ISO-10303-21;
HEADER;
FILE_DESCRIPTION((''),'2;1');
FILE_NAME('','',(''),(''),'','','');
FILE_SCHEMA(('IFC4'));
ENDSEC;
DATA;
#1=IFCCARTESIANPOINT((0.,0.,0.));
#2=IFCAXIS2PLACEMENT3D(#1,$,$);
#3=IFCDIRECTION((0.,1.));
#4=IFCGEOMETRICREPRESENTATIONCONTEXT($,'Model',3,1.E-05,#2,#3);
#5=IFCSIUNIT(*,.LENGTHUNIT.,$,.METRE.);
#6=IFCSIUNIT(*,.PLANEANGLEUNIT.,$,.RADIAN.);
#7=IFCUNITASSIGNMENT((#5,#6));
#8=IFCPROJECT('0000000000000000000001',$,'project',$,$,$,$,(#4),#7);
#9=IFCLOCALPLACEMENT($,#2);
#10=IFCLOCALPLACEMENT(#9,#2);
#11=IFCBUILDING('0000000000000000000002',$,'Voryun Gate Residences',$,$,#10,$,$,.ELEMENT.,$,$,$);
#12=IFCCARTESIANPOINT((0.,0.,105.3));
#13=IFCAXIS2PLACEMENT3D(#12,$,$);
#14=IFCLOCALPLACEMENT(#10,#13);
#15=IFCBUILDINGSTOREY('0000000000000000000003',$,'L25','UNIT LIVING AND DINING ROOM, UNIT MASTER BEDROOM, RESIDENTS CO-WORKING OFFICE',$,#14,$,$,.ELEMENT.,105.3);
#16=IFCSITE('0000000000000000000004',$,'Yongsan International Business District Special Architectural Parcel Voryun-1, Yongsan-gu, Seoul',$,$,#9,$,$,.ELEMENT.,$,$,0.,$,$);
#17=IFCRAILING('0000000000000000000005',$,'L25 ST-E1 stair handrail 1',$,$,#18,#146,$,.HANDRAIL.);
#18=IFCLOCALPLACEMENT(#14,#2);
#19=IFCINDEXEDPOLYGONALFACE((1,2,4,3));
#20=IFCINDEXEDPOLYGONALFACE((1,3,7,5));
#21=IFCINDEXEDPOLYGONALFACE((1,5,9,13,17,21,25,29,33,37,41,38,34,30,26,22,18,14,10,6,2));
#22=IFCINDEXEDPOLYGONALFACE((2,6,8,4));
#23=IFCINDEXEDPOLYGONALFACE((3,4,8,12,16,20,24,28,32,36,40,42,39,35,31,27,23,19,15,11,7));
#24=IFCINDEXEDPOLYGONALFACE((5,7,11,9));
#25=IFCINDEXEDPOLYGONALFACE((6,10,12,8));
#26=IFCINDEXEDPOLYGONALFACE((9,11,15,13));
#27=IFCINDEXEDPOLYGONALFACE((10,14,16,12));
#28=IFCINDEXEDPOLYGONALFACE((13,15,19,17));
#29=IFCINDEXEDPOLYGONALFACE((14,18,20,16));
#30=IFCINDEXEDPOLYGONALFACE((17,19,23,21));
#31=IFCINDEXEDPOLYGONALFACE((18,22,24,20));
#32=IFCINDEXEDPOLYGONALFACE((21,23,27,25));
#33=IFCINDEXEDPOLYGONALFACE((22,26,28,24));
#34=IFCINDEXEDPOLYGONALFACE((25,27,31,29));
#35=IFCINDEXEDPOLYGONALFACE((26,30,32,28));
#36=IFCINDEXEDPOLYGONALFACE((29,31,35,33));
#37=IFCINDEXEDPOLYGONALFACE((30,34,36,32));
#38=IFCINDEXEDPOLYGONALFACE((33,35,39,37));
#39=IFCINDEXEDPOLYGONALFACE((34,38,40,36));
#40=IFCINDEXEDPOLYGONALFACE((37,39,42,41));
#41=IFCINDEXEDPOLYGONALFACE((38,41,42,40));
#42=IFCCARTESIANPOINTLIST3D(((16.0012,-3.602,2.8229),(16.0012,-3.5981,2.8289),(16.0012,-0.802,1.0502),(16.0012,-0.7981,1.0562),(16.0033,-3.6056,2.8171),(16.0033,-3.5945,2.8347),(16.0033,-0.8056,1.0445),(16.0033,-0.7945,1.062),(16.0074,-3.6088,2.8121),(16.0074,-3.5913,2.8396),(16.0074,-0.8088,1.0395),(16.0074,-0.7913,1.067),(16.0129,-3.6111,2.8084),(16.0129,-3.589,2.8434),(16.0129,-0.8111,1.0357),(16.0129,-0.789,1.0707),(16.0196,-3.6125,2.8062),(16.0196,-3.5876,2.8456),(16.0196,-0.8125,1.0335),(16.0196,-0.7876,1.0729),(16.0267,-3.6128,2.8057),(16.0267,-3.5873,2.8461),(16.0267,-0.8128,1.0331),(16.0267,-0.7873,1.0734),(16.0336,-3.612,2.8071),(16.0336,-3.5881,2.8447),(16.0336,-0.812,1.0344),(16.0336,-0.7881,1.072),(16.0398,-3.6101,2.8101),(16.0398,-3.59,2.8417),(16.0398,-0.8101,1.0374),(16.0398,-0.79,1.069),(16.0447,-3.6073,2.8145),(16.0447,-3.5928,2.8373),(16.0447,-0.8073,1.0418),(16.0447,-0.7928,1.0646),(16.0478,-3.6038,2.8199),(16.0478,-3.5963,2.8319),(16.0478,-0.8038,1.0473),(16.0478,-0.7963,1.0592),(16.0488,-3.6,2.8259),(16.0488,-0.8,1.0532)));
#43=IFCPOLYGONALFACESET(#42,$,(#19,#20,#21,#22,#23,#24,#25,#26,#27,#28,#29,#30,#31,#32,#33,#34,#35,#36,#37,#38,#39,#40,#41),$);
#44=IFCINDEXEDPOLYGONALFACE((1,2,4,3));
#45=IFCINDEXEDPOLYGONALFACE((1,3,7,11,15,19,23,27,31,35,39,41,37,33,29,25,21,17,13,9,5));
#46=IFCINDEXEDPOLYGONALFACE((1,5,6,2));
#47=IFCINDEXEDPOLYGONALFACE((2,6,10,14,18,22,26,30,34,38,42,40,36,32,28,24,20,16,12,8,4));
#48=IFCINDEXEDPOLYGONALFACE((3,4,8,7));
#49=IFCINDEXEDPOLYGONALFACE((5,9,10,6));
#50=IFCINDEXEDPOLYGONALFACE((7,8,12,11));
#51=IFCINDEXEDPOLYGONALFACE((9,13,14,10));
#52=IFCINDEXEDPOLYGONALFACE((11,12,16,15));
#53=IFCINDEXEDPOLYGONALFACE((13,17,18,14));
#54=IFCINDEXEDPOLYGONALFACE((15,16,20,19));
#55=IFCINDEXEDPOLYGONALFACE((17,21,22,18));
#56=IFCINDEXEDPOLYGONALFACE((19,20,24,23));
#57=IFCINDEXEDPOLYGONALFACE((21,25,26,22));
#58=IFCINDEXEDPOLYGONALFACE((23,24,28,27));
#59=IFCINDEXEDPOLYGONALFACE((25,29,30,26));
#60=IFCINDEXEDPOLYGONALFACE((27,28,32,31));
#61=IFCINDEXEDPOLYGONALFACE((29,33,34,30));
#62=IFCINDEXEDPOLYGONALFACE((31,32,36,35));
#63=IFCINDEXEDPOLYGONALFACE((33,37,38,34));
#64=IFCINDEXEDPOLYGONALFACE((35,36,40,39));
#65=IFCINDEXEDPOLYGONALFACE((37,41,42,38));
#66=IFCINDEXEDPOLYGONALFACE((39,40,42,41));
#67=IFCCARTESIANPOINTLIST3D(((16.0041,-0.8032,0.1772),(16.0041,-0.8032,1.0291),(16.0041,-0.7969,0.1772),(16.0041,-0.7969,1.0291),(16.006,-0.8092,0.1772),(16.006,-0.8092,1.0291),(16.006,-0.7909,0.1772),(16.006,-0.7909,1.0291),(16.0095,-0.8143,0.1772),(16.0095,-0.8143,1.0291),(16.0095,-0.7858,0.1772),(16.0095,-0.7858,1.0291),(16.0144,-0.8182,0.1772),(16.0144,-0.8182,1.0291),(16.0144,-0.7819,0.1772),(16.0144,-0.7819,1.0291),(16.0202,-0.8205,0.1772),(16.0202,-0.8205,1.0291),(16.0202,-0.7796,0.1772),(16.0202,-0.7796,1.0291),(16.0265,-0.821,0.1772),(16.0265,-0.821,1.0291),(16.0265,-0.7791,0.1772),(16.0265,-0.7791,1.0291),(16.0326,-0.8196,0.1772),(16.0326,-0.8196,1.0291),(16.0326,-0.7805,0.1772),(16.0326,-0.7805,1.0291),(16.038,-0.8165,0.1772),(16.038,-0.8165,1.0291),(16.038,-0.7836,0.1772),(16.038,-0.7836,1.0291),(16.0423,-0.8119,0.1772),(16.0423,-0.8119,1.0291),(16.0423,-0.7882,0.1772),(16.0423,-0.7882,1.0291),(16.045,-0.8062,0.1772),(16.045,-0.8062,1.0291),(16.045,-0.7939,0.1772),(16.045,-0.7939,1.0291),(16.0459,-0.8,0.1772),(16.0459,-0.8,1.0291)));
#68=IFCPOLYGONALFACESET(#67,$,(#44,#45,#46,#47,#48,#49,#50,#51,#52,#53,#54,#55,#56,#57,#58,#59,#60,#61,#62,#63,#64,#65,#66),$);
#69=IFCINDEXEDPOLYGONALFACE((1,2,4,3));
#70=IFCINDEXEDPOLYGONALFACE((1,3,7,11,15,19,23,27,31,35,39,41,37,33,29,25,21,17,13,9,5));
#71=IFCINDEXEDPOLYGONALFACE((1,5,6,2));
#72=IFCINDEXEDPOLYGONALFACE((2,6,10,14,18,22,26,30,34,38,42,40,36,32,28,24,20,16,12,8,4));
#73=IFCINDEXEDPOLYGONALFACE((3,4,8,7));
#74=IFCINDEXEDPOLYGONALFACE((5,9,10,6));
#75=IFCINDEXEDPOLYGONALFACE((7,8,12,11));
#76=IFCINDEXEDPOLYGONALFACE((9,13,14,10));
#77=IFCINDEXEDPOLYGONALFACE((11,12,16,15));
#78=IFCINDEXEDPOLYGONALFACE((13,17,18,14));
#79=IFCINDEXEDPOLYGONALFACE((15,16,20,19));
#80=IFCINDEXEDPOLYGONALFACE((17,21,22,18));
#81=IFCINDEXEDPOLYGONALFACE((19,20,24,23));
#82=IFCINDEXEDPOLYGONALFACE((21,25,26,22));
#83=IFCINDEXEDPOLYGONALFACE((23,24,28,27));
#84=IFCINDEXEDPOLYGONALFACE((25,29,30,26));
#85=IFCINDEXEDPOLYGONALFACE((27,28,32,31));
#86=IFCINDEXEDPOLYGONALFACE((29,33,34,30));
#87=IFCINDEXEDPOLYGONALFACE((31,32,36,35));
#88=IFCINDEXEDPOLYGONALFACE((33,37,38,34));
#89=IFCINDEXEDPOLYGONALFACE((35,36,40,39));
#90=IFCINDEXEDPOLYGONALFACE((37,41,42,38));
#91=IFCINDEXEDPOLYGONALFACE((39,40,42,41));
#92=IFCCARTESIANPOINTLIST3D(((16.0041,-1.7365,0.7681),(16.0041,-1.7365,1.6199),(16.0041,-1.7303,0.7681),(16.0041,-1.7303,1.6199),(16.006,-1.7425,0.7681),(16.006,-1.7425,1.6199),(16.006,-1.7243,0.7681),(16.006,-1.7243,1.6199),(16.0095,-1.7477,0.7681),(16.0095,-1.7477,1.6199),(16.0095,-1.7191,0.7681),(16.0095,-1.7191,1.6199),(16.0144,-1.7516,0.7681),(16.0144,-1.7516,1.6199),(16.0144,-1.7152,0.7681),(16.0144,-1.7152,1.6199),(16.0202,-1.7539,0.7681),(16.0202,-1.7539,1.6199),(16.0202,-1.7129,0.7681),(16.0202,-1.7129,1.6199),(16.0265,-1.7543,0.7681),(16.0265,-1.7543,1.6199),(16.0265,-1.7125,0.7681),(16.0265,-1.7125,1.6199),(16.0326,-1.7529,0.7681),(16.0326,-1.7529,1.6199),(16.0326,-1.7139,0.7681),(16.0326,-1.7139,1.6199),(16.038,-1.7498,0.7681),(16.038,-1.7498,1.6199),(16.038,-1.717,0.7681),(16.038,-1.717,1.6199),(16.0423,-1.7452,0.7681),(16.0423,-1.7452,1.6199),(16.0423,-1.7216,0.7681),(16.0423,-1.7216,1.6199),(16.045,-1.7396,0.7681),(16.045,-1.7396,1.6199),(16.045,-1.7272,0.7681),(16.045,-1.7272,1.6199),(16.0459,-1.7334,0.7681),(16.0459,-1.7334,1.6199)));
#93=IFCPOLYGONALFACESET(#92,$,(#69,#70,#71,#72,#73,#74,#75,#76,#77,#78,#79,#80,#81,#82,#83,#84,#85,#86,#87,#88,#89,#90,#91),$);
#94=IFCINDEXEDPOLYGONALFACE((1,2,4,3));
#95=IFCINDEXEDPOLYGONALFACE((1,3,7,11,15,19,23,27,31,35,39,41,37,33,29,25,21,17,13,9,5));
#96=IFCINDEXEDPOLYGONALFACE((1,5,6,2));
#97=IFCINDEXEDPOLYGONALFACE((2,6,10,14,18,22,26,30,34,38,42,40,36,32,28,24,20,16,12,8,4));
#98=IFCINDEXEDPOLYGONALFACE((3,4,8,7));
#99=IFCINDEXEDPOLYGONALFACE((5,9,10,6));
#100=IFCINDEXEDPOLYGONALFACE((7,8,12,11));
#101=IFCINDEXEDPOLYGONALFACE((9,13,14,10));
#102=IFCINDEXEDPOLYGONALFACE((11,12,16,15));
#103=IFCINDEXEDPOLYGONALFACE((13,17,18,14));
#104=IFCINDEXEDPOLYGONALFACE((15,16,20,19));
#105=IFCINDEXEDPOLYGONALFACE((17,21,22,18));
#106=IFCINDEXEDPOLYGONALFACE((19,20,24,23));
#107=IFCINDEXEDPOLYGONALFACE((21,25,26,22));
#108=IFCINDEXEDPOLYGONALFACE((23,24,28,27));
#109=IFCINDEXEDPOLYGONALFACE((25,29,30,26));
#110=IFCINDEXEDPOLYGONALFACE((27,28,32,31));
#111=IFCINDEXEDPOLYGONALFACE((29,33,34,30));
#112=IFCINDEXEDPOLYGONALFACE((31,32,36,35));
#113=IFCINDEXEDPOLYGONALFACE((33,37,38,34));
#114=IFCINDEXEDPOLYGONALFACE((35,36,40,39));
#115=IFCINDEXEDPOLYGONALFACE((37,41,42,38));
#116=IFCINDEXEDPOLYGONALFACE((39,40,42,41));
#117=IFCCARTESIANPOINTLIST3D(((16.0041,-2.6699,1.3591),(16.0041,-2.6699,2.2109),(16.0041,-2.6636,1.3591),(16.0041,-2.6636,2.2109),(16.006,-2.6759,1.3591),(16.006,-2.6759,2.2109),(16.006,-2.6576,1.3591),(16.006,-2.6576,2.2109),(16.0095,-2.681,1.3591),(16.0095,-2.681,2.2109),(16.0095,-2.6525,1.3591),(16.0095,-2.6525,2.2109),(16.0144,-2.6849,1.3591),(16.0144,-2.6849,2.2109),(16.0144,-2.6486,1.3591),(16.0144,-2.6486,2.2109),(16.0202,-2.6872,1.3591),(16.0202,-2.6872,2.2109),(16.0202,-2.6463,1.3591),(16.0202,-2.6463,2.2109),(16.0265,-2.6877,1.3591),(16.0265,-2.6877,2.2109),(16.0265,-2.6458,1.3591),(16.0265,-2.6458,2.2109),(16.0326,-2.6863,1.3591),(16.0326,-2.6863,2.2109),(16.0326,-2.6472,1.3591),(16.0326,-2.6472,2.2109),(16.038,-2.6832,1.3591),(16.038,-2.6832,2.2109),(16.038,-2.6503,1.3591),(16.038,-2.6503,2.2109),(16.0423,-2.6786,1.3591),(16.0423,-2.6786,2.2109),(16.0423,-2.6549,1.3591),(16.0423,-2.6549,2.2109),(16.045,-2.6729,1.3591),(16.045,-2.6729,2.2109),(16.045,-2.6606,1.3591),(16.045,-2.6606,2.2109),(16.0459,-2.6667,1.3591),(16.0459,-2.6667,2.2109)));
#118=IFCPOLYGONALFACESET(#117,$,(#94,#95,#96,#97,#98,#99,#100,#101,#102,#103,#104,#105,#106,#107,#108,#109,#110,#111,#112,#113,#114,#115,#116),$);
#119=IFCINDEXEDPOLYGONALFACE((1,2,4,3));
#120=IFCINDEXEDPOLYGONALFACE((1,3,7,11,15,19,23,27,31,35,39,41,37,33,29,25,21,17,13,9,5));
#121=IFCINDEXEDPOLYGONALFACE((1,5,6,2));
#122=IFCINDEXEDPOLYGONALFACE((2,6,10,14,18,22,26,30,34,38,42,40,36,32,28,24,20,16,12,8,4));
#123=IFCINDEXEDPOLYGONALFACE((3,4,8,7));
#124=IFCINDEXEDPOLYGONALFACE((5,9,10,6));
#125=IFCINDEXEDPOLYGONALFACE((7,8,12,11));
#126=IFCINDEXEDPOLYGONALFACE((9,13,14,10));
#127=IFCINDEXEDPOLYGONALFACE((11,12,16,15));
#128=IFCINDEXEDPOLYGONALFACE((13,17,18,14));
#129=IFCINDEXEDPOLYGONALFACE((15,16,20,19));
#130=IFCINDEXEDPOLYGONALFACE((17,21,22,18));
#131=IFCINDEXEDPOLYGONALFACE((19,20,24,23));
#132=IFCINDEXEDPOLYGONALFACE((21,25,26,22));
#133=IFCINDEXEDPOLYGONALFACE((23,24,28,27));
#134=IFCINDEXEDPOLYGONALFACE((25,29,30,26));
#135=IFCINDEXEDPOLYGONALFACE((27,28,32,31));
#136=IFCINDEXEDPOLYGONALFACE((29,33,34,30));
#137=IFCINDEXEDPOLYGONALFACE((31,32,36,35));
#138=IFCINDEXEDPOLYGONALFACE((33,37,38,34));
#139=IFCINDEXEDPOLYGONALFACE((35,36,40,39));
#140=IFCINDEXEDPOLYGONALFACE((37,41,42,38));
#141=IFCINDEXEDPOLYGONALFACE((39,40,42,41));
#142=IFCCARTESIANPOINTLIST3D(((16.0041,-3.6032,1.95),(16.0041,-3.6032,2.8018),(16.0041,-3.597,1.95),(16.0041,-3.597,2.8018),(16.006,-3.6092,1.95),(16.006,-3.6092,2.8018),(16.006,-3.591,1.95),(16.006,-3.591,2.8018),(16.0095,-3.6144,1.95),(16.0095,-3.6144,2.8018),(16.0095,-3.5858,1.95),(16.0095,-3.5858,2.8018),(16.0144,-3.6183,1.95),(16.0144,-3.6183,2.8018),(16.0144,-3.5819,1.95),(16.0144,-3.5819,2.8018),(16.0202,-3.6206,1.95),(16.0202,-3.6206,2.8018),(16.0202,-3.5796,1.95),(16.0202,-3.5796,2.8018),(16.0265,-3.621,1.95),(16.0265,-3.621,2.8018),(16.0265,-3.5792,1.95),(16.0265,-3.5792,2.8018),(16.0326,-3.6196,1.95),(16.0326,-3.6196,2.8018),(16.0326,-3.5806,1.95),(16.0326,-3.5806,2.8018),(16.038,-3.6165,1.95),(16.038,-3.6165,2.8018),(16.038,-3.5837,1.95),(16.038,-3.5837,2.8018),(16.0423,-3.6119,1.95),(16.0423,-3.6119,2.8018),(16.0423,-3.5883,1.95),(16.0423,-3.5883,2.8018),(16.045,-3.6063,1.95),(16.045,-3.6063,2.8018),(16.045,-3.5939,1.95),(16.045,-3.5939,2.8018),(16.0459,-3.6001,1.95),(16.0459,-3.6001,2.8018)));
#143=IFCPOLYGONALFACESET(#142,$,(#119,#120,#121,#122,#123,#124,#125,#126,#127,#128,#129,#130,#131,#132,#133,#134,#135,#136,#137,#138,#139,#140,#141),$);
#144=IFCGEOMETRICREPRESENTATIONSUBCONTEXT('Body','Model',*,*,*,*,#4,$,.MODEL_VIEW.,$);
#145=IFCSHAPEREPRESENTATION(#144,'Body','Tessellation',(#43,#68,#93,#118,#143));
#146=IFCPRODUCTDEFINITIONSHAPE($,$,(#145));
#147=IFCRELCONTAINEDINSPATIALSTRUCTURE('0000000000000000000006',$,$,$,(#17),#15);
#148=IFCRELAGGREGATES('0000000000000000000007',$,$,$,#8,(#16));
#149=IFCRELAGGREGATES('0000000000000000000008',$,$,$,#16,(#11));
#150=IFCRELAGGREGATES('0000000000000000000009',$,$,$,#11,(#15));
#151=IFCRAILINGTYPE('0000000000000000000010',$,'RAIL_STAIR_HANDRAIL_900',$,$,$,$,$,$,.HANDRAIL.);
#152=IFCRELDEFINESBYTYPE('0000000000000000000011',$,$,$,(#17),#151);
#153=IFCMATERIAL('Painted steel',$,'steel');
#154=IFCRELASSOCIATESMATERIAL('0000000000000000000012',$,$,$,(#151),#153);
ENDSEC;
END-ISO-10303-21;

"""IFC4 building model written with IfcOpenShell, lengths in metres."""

from ifc_helpers import new_model, si_unit, direction, frame, origin, origin_2d, place, context, subcontext, project, spatial, circle, extrude, material, type_object, element, save


model = new_model("IFC4")

# Units and contexts
model_context = context("Model", 3, precision=1e-05, world=origin(), true_north=direction((0.0, 1.0)))
body_context = subcontext(model_context, "Body", "Model", "MODEL_VIEW")
ifc_project = project(units=[si_unit("LENGTHUNIT", "METRE"), si_unit("PLANEANGLEUNIT", "RADIAN")], contexts=[model_context])

# Site, building, storey
site_placement = place(None, origin())
site = spatial("IfcSite", under=ifc_project, at=site_placement, Name="Yongsan International Business District Special Architectural Parcel Voryun-1, Yongsan-gu, Seoul", CompositionType="ELEMENT", RefElevation=0.0)
building_placement = place(site_placement, origin())
building = spatial("IfcBuilding", under=site, at=building_placement, Name="Voryun Gate Residences", CompositionType="ELEMENT")
storey_placement = place(building_placement, frame((0.0, 0.0, 105.3)))
storey = spatial("IfcBuildingStorey", under=building, at=storey_placement, Name="L25", Description="UNIT LIVING AND DINING ROOM, UNIT MASTER BEDROOM, RESIDENTS CO-WORKING OFFICE", CompositionType="ELEMENT", Elevation=105.3)

# Railing
ifc_material_1 = material(Name="Painted steel", Category="steel")
railing_type_1 = type_object("IfcRailingType", Name="RAIL_STAIR_HANDRAIL_900", PredefinedType="HANDRAIL", material=ifc_material_1)
railing_1_placement = place(storey_placement, frame((16.0249, -0.8, 0.1772)))
element("IfcRailing", 1, at=railing_1_placement, inside=storey, type_object=railing_type_1, Name="L25 ST-E1 stair handrail 1", PredefinedType="HANDRAIL", context=body_context, shape_type="SweptSolid", body=[
    extrude(circle(Radius=0.0239, at=origin_2d()), frame((0.0, 0.0, 0.876), z_axis=(0.0, -0.844909, 0.53491), x_axis=(1.0, 0.0, 0.0)), (0.0, 0.0, 1.0), 3.314),
    extrude(circle(Radius=0.021, at=origin_2d()), origin(), (0.0, 0.0, 1.0), 0.8518),
    extrude(circle(Radius=0.021, at=origin_2d()), frame((0.0, -0.9333, 0.5908)), (0.0, 0.0, 1.0), 0.8518),
    extrude(circle(Radius=0.021, at=origin_2d()), frame((0.0, -1.8667, 1.1819)), (0.0, 0.0, 1.0), 0.8518),
    extrude(circle(Radius=0.021, at=origin_2d()), frame((0.0, -2.8, 1.7727)), (0.0, 0.0, 1.0), 0.8518),
])

save(model, "model.ifc")
